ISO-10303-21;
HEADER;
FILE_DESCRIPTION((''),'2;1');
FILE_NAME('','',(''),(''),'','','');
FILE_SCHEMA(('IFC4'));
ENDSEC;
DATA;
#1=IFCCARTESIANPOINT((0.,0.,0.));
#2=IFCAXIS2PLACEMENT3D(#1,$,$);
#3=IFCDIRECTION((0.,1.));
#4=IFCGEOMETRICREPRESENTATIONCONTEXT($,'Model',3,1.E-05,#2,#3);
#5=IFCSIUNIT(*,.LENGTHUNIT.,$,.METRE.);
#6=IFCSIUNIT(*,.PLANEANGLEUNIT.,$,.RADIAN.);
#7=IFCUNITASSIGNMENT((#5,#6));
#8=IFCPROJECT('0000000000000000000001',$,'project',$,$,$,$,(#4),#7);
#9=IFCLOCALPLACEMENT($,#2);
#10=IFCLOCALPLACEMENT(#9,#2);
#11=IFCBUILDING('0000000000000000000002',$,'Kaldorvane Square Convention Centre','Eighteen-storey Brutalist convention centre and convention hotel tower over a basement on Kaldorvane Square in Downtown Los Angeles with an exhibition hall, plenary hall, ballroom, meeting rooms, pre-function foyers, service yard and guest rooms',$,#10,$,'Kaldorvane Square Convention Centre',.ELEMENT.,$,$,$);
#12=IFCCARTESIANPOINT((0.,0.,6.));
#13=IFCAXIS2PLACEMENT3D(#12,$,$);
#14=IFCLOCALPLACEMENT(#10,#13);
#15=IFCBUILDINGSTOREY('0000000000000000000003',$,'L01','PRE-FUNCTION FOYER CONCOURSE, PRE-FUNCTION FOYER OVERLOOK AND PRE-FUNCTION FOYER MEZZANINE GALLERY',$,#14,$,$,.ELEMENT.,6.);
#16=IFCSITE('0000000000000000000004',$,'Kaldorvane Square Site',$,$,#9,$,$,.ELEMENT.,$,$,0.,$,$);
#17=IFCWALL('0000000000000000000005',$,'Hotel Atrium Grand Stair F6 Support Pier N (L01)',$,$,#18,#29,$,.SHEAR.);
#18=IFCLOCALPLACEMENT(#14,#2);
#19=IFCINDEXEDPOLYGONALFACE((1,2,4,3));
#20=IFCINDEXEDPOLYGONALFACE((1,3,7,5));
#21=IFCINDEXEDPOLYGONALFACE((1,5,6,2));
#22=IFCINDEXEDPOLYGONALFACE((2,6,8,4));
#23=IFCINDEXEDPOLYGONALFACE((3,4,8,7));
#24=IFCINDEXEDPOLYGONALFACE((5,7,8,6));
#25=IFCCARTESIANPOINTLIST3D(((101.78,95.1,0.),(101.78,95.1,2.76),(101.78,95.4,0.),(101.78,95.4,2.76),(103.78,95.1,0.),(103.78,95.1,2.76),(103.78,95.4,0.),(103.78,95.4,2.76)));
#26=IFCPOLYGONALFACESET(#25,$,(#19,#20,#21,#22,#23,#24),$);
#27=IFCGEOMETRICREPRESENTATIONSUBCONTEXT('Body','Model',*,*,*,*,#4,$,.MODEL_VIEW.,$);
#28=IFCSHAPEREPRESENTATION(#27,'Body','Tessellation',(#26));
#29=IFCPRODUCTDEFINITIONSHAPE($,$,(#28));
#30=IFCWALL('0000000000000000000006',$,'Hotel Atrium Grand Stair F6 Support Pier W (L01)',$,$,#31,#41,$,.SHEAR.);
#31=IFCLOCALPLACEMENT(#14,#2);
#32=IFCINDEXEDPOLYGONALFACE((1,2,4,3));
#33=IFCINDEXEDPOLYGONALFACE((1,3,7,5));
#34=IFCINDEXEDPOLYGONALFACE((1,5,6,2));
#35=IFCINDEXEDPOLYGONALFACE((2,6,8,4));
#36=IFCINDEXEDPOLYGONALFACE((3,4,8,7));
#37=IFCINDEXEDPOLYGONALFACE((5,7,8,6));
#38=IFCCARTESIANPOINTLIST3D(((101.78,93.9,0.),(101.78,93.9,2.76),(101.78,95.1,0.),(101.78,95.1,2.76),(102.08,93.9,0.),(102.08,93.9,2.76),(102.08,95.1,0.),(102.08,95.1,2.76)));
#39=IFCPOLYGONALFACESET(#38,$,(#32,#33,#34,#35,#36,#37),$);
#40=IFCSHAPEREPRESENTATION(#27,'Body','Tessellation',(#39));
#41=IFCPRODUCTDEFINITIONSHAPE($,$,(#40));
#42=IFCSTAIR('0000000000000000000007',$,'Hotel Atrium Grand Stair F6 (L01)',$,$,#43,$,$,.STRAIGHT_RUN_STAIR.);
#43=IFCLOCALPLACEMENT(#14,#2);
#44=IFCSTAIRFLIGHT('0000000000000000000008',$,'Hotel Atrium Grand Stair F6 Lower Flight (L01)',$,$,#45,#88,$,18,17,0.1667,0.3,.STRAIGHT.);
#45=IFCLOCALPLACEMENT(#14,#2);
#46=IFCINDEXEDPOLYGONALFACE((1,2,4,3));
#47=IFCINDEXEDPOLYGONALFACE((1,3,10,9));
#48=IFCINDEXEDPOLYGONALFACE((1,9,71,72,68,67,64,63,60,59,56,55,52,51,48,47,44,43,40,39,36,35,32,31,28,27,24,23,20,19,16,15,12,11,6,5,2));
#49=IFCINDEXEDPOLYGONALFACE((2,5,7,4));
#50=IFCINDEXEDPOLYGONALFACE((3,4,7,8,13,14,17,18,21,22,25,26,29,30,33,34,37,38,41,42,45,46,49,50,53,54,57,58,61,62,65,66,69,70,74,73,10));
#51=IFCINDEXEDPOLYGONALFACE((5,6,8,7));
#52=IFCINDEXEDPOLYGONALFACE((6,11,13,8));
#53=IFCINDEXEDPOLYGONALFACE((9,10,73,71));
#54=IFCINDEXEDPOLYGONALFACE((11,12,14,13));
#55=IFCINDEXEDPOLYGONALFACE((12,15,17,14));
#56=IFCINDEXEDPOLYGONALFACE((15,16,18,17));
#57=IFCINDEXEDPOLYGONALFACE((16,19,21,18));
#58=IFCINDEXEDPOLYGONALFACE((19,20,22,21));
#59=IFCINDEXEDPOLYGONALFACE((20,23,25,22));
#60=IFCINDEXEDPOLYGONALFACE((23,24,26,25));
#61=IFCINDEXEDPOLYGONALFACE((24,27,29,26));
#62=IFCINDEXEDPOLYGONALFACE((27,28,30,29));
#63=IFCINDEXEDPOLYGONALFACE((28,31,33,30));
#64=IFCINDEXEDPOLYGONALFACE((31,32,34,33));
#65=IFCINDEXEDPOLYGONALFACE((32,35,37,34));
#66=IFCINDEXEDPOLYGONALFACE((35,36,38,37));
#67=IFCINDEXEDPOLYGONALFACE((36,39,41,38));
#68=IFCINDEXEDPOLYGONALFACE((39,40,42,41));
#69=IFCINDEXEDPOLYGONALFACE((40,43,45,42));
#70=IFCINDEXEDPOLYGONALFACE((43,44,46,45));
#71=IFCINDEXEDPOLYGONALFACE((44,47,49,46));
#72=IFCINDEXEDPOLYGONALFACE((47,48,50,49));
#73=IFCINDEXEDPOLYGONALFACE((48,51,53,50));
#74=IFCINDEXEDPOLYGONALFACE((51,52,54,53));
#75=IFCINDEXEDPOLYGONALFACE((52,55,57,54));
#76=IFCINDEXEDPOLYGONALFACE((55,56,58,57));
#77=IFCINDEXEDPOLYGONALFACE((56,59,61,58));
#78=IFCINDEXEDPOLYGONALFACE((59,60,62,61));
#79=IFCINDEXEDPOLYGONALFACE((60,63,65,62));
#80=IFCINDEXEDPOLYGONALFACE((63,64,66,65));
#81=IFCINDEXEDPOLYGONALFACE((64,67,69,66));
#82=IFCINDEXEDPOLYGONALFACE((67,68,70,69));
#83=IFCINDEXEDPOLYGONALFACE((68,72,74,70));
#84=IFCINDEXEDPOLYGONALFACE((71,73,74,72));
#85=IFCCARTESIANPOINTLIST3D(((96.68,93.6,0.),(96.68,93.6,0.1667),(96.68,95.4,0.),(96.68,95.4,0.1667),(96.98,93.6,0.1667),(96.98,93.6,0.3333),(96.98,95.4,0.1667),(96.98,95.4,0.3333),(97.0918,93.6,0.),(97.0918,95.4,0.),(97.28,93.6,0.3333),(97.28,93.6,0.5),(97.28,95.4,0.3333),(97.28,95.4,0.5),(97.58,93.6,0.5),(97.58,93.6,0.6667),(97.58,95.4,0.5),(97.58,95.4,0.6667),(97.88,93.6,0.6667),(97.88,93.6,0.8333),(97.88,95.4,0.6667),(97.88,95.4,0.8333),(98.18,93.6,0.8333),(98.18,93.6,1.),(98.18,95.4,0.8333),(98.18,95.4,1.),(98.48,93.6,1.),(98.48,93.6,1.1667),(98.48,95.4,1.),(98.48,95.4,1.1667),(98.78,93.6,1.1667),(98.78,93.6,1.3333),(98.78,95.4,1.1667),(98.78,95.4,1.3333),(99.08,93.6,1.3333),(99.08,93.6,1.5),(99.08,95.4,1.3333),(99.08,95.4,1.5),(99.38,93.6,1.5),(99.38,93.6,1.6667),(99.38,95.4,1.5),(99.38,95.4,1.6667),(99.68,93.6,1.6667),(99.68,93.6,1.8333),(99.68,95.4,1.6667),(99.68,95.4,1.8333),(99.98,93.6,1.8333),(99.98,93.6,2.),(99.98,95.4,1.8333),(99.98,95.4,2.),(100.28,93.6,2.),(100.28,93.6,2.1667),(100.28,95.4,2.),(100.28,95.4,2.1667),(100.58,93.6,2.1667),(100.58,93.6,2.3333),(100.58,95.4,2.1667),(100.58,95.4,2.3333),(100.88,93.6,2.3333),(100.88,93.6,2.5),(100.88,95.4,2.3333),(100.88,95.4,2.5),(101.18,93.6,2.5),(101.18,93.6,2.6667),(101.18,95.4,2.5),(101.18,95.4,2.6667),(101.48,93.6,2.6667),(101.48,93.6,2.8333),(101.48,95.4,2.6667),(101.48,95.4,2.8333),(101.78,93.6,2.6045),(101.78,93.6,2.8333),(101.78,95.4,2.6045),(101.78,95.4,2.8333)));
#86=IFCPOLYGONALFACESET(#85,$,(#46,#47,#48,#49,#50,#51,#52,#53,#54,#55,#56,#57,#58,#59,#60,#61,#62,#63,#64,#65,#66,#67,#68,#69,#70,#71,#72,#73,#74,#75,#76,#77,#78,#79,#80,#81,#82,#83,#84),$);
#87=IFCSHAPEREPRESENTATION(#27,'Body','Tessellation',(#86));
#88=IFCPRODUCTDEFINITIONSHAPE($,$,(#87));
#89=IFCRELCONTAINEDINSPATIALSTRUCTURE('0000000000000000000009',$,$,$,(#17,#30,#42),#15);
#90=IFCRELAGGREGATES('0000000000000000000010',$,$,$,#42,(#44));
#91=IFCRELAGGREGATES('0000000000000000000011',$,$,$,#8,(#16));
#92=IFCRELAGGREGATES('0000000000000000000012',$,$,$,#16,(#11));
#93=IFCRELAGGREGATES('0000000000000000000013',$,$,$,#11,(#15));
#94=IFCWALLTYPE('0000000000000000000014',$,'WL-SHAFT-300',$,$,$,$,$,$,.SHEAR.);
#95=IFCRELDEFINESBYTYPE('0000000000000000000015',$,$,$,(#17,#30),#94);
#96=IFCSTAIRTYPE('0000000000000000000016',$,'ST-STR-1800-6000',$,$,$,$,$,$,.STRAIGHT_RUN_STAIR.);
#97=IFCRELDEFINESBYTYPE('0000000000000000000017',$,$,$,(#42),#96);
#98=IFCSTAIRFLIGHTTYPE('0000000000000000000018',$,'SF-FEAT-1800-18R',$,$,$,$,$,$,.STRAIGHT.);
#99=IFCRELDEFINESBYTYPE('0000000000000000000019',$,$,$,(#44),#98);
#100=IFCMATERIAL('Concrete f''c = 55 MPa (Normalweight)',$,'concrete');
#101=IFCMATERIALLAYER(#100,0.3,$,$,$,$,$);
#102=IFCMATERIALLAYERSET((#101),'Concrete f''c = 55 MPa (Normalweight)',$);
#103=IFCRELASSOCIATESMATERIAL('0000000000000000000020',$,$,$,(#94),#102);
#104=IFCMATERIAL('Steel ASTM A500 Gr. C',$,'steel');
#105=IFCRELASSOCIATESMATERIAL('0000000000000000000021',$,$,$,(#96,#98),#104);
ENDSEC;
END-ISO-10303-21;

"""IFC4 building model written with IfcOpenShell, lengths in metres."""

from ifc_helpers import new_model, si_unit, direction, frame, frame_2d, origin, place, context, subcontext, project, spatial, polyline, rectangle, outline, extrude, material, layer, layer_set, type_object, element, aggregate, save


model = new_model("IFC4")

# Units and contexts
model_context = context("Model", 3, precision=1e-05, world=origin(), true_north=direction((0.0, 1.0)))
body_context = subcontext(model_context, "Body", "Model", "MODEL_VIEW")
ifc_project = project(units=[si_unit("LENGTHUNIT", "METRE"), si_unit("PLANEANGLEUNIT", "RADIAN")], contexts=[model_context])

# Site, building, storey
site_placement = place(None, origin())
site = spatial("IfcSite", under=ifc_project, at=site_placement, Name="Kaldorvane Square Site", CompositionType="ELEMENT", RefElevation=0.0)
building_placement = place(site_placement, origin())
building = spatial("IfcBuilding", under=site, at=building_placement, Name="Kaldorvane Square Convention Centre", Description="Eighteen-storey Brutalist convention centre and convention hotel tower over a basement on Kaldorvane Square in Downtown Los Angeles with an exhibition hall, plenary hall, ballroom, meeting rooms, pre-function foyers, service yard and guest rooms", LongName="Kaldorvane Square Convention Centre", CompositionType="ELEMENT")
storey_placement = place(building_placement, frame((0.0, 0.0, 6.0)))
storey = spatial("IfcBuildingStorey", under=building, at=storey_placement, Name="L01", Description="PRE-FUNCTION FOYER CONCOURSE, PRE-FUNCTION FOYER OVERLOOK AND PRE-FUNCTION FOYER MEZZANINE GALLERY", CompositionType="ELEMENT", Elevation=6.0)

# Shared definitions
ifc_material_1 = material(Name="Concrete f'c = 55 MPa (Normalweight)", Category="concrete")

# Walls
ifc_layer_1 = layer(ifc_material_1, 0.3)
ifc_layer_set_1 = layer_set([ifc_layer_1], Name="Concrete f'c = 55 MPa (Normalweight)")
wall_type_1 = type_object("IfcWallType", Name="WL-SHAFT-300", PredefinedType="SHEAR", material=ifc_layer_set_1)
for number, where, z_axis, x_axis, name in (
    (1, (101.78, 95.25, 0.0), (0.0, 0.0, 1.0), (1.0, 0.0, 0.0), "Hotel Atrium Grand Stair F6 Support Pier N (L01)"),
):
    element("IfcWall", number, at=place(storey_placement, frame(where, z_axis=z_axis, x_axis=x_axis)), inside=storey, type_object=wall_type_1, Name=name, PredefinedType="SHEAR", context=body_context, shape_type="SweptSolid", body=[
        extrude(rectangle(XDim=2.0, YDim=0.3, at=frame_2d((1.0, 0.0))), origin(), (0.0, 0.0, 1.0), 2.76),
    ])
wall_1_placement = place(storey_placement, frame((101.93, 93.9, 0.0), z_axis=(0.0, 0.0, 1.0), x_axis=(0.0, 1.0, 0.0)))
element("IfcWall", 2, at=wall_1_placement, inside=storey, type_object=wall_type_1, Name="Hotel Atrium Grand Stair F6 Support Pier W (L01)", PredefinedType="SHEAR", context=body_context, shape_type="SweptSolid", body=[
    extrude(rectangle(XDim=1.2, YDim=0.3, at=frame_2d((0.6, 0.0))), origin(), (0.0, 0.0, 1.0), 2.76),
])

# Stair, stair flight
ifc_material_2 = material(Name="Steel ASTM A500 Gr. C", Category="steel")
stair_type = type_object("IfcStairType", Name="ST-STR-1800-6000", PredefinedType="STRAIGHT_RUN_STAIR", material=ifc_material_2)
stair_placement = place(storey_placement, origin())
stair = element("IfcStair", 3, at=stair_placement, inside=storey, type_object=stair_type, Name="Hotel Atrium Grand Stair F6 (L01)", PredefinedType="STRAIGHT_RUN_STAIR")
stair_flight_type = type_object("IfcStairFlightType", Name="SF-FEAT-1800-18R", PredefinedType="STRAIGHT", material=ifc_material_2)
stair_flight_placement = place(storey_placement, frame((96.68, 94.5, 0.0), z_axis=(0.0, 0.0, 1.0), x_axis=(1.0, 0.0, 0.0)))
stair_flight = element("IfcStairFlight", 4, at=stair_flight_placement, type_object=stair_flight_type, Name="Hotel Atrium Grand Stair F6 Lower Flight (L01)", NumberOfRisers=18, NumberOfTreads=17, PredefinedType="STRAIGHT", RiserHeight=0.1667, TreadLength=0.3, context=body_context, shape_type="SweptSolid", body=[
    extrude(outline(polyline([(0.0, 0.0), (0.0, 0.1667), (0.3, 0.1667), (0.3, 0.3333), (0.6, 0.3333), (0.6, 0.5), (0.9, 0.5), (0.9, 0.6667), (1.2, 0.6667), (1.2, 0.8333), (1.5, 0.8333), (1.5, 1.0), (1.8, 1.0), (1.8, 1.1667), (2.1, 1.1667), (2.1, 1.3333), (2.4, 1.3333), (2.4, 1.5), (2.7, 1.5), (2.7, 1.6667), (3.0, 1.6667), (3.0, 1.8333), (3.3, 1.8333), (3.3, 2.0), (3.6, 2.0), (3.6, 2.1667), (3.9, 2.1667), (3.9, 2.3333), (4.2, 2.3333), (4.2, 2.5), (4.5, 2.5), (4.5, 2.6667), (4.8, 2.6667), (4.8, 2.8333), (5.1, 2.8333), (5.1, 3.0), (5.1, 2.6045), (0.4118, 0.0), (0.0, 0.0)])), frame((0.0, 0.9, 0.0), z_axis=(0.0, -1.0, 0.0), x_axis=(1.0, 0.0, 0.0)), (0.0, 0.0, 1.0), 1.8),
])
aggregate(stair, [stair_flight])

save(model, "model.ifc")
